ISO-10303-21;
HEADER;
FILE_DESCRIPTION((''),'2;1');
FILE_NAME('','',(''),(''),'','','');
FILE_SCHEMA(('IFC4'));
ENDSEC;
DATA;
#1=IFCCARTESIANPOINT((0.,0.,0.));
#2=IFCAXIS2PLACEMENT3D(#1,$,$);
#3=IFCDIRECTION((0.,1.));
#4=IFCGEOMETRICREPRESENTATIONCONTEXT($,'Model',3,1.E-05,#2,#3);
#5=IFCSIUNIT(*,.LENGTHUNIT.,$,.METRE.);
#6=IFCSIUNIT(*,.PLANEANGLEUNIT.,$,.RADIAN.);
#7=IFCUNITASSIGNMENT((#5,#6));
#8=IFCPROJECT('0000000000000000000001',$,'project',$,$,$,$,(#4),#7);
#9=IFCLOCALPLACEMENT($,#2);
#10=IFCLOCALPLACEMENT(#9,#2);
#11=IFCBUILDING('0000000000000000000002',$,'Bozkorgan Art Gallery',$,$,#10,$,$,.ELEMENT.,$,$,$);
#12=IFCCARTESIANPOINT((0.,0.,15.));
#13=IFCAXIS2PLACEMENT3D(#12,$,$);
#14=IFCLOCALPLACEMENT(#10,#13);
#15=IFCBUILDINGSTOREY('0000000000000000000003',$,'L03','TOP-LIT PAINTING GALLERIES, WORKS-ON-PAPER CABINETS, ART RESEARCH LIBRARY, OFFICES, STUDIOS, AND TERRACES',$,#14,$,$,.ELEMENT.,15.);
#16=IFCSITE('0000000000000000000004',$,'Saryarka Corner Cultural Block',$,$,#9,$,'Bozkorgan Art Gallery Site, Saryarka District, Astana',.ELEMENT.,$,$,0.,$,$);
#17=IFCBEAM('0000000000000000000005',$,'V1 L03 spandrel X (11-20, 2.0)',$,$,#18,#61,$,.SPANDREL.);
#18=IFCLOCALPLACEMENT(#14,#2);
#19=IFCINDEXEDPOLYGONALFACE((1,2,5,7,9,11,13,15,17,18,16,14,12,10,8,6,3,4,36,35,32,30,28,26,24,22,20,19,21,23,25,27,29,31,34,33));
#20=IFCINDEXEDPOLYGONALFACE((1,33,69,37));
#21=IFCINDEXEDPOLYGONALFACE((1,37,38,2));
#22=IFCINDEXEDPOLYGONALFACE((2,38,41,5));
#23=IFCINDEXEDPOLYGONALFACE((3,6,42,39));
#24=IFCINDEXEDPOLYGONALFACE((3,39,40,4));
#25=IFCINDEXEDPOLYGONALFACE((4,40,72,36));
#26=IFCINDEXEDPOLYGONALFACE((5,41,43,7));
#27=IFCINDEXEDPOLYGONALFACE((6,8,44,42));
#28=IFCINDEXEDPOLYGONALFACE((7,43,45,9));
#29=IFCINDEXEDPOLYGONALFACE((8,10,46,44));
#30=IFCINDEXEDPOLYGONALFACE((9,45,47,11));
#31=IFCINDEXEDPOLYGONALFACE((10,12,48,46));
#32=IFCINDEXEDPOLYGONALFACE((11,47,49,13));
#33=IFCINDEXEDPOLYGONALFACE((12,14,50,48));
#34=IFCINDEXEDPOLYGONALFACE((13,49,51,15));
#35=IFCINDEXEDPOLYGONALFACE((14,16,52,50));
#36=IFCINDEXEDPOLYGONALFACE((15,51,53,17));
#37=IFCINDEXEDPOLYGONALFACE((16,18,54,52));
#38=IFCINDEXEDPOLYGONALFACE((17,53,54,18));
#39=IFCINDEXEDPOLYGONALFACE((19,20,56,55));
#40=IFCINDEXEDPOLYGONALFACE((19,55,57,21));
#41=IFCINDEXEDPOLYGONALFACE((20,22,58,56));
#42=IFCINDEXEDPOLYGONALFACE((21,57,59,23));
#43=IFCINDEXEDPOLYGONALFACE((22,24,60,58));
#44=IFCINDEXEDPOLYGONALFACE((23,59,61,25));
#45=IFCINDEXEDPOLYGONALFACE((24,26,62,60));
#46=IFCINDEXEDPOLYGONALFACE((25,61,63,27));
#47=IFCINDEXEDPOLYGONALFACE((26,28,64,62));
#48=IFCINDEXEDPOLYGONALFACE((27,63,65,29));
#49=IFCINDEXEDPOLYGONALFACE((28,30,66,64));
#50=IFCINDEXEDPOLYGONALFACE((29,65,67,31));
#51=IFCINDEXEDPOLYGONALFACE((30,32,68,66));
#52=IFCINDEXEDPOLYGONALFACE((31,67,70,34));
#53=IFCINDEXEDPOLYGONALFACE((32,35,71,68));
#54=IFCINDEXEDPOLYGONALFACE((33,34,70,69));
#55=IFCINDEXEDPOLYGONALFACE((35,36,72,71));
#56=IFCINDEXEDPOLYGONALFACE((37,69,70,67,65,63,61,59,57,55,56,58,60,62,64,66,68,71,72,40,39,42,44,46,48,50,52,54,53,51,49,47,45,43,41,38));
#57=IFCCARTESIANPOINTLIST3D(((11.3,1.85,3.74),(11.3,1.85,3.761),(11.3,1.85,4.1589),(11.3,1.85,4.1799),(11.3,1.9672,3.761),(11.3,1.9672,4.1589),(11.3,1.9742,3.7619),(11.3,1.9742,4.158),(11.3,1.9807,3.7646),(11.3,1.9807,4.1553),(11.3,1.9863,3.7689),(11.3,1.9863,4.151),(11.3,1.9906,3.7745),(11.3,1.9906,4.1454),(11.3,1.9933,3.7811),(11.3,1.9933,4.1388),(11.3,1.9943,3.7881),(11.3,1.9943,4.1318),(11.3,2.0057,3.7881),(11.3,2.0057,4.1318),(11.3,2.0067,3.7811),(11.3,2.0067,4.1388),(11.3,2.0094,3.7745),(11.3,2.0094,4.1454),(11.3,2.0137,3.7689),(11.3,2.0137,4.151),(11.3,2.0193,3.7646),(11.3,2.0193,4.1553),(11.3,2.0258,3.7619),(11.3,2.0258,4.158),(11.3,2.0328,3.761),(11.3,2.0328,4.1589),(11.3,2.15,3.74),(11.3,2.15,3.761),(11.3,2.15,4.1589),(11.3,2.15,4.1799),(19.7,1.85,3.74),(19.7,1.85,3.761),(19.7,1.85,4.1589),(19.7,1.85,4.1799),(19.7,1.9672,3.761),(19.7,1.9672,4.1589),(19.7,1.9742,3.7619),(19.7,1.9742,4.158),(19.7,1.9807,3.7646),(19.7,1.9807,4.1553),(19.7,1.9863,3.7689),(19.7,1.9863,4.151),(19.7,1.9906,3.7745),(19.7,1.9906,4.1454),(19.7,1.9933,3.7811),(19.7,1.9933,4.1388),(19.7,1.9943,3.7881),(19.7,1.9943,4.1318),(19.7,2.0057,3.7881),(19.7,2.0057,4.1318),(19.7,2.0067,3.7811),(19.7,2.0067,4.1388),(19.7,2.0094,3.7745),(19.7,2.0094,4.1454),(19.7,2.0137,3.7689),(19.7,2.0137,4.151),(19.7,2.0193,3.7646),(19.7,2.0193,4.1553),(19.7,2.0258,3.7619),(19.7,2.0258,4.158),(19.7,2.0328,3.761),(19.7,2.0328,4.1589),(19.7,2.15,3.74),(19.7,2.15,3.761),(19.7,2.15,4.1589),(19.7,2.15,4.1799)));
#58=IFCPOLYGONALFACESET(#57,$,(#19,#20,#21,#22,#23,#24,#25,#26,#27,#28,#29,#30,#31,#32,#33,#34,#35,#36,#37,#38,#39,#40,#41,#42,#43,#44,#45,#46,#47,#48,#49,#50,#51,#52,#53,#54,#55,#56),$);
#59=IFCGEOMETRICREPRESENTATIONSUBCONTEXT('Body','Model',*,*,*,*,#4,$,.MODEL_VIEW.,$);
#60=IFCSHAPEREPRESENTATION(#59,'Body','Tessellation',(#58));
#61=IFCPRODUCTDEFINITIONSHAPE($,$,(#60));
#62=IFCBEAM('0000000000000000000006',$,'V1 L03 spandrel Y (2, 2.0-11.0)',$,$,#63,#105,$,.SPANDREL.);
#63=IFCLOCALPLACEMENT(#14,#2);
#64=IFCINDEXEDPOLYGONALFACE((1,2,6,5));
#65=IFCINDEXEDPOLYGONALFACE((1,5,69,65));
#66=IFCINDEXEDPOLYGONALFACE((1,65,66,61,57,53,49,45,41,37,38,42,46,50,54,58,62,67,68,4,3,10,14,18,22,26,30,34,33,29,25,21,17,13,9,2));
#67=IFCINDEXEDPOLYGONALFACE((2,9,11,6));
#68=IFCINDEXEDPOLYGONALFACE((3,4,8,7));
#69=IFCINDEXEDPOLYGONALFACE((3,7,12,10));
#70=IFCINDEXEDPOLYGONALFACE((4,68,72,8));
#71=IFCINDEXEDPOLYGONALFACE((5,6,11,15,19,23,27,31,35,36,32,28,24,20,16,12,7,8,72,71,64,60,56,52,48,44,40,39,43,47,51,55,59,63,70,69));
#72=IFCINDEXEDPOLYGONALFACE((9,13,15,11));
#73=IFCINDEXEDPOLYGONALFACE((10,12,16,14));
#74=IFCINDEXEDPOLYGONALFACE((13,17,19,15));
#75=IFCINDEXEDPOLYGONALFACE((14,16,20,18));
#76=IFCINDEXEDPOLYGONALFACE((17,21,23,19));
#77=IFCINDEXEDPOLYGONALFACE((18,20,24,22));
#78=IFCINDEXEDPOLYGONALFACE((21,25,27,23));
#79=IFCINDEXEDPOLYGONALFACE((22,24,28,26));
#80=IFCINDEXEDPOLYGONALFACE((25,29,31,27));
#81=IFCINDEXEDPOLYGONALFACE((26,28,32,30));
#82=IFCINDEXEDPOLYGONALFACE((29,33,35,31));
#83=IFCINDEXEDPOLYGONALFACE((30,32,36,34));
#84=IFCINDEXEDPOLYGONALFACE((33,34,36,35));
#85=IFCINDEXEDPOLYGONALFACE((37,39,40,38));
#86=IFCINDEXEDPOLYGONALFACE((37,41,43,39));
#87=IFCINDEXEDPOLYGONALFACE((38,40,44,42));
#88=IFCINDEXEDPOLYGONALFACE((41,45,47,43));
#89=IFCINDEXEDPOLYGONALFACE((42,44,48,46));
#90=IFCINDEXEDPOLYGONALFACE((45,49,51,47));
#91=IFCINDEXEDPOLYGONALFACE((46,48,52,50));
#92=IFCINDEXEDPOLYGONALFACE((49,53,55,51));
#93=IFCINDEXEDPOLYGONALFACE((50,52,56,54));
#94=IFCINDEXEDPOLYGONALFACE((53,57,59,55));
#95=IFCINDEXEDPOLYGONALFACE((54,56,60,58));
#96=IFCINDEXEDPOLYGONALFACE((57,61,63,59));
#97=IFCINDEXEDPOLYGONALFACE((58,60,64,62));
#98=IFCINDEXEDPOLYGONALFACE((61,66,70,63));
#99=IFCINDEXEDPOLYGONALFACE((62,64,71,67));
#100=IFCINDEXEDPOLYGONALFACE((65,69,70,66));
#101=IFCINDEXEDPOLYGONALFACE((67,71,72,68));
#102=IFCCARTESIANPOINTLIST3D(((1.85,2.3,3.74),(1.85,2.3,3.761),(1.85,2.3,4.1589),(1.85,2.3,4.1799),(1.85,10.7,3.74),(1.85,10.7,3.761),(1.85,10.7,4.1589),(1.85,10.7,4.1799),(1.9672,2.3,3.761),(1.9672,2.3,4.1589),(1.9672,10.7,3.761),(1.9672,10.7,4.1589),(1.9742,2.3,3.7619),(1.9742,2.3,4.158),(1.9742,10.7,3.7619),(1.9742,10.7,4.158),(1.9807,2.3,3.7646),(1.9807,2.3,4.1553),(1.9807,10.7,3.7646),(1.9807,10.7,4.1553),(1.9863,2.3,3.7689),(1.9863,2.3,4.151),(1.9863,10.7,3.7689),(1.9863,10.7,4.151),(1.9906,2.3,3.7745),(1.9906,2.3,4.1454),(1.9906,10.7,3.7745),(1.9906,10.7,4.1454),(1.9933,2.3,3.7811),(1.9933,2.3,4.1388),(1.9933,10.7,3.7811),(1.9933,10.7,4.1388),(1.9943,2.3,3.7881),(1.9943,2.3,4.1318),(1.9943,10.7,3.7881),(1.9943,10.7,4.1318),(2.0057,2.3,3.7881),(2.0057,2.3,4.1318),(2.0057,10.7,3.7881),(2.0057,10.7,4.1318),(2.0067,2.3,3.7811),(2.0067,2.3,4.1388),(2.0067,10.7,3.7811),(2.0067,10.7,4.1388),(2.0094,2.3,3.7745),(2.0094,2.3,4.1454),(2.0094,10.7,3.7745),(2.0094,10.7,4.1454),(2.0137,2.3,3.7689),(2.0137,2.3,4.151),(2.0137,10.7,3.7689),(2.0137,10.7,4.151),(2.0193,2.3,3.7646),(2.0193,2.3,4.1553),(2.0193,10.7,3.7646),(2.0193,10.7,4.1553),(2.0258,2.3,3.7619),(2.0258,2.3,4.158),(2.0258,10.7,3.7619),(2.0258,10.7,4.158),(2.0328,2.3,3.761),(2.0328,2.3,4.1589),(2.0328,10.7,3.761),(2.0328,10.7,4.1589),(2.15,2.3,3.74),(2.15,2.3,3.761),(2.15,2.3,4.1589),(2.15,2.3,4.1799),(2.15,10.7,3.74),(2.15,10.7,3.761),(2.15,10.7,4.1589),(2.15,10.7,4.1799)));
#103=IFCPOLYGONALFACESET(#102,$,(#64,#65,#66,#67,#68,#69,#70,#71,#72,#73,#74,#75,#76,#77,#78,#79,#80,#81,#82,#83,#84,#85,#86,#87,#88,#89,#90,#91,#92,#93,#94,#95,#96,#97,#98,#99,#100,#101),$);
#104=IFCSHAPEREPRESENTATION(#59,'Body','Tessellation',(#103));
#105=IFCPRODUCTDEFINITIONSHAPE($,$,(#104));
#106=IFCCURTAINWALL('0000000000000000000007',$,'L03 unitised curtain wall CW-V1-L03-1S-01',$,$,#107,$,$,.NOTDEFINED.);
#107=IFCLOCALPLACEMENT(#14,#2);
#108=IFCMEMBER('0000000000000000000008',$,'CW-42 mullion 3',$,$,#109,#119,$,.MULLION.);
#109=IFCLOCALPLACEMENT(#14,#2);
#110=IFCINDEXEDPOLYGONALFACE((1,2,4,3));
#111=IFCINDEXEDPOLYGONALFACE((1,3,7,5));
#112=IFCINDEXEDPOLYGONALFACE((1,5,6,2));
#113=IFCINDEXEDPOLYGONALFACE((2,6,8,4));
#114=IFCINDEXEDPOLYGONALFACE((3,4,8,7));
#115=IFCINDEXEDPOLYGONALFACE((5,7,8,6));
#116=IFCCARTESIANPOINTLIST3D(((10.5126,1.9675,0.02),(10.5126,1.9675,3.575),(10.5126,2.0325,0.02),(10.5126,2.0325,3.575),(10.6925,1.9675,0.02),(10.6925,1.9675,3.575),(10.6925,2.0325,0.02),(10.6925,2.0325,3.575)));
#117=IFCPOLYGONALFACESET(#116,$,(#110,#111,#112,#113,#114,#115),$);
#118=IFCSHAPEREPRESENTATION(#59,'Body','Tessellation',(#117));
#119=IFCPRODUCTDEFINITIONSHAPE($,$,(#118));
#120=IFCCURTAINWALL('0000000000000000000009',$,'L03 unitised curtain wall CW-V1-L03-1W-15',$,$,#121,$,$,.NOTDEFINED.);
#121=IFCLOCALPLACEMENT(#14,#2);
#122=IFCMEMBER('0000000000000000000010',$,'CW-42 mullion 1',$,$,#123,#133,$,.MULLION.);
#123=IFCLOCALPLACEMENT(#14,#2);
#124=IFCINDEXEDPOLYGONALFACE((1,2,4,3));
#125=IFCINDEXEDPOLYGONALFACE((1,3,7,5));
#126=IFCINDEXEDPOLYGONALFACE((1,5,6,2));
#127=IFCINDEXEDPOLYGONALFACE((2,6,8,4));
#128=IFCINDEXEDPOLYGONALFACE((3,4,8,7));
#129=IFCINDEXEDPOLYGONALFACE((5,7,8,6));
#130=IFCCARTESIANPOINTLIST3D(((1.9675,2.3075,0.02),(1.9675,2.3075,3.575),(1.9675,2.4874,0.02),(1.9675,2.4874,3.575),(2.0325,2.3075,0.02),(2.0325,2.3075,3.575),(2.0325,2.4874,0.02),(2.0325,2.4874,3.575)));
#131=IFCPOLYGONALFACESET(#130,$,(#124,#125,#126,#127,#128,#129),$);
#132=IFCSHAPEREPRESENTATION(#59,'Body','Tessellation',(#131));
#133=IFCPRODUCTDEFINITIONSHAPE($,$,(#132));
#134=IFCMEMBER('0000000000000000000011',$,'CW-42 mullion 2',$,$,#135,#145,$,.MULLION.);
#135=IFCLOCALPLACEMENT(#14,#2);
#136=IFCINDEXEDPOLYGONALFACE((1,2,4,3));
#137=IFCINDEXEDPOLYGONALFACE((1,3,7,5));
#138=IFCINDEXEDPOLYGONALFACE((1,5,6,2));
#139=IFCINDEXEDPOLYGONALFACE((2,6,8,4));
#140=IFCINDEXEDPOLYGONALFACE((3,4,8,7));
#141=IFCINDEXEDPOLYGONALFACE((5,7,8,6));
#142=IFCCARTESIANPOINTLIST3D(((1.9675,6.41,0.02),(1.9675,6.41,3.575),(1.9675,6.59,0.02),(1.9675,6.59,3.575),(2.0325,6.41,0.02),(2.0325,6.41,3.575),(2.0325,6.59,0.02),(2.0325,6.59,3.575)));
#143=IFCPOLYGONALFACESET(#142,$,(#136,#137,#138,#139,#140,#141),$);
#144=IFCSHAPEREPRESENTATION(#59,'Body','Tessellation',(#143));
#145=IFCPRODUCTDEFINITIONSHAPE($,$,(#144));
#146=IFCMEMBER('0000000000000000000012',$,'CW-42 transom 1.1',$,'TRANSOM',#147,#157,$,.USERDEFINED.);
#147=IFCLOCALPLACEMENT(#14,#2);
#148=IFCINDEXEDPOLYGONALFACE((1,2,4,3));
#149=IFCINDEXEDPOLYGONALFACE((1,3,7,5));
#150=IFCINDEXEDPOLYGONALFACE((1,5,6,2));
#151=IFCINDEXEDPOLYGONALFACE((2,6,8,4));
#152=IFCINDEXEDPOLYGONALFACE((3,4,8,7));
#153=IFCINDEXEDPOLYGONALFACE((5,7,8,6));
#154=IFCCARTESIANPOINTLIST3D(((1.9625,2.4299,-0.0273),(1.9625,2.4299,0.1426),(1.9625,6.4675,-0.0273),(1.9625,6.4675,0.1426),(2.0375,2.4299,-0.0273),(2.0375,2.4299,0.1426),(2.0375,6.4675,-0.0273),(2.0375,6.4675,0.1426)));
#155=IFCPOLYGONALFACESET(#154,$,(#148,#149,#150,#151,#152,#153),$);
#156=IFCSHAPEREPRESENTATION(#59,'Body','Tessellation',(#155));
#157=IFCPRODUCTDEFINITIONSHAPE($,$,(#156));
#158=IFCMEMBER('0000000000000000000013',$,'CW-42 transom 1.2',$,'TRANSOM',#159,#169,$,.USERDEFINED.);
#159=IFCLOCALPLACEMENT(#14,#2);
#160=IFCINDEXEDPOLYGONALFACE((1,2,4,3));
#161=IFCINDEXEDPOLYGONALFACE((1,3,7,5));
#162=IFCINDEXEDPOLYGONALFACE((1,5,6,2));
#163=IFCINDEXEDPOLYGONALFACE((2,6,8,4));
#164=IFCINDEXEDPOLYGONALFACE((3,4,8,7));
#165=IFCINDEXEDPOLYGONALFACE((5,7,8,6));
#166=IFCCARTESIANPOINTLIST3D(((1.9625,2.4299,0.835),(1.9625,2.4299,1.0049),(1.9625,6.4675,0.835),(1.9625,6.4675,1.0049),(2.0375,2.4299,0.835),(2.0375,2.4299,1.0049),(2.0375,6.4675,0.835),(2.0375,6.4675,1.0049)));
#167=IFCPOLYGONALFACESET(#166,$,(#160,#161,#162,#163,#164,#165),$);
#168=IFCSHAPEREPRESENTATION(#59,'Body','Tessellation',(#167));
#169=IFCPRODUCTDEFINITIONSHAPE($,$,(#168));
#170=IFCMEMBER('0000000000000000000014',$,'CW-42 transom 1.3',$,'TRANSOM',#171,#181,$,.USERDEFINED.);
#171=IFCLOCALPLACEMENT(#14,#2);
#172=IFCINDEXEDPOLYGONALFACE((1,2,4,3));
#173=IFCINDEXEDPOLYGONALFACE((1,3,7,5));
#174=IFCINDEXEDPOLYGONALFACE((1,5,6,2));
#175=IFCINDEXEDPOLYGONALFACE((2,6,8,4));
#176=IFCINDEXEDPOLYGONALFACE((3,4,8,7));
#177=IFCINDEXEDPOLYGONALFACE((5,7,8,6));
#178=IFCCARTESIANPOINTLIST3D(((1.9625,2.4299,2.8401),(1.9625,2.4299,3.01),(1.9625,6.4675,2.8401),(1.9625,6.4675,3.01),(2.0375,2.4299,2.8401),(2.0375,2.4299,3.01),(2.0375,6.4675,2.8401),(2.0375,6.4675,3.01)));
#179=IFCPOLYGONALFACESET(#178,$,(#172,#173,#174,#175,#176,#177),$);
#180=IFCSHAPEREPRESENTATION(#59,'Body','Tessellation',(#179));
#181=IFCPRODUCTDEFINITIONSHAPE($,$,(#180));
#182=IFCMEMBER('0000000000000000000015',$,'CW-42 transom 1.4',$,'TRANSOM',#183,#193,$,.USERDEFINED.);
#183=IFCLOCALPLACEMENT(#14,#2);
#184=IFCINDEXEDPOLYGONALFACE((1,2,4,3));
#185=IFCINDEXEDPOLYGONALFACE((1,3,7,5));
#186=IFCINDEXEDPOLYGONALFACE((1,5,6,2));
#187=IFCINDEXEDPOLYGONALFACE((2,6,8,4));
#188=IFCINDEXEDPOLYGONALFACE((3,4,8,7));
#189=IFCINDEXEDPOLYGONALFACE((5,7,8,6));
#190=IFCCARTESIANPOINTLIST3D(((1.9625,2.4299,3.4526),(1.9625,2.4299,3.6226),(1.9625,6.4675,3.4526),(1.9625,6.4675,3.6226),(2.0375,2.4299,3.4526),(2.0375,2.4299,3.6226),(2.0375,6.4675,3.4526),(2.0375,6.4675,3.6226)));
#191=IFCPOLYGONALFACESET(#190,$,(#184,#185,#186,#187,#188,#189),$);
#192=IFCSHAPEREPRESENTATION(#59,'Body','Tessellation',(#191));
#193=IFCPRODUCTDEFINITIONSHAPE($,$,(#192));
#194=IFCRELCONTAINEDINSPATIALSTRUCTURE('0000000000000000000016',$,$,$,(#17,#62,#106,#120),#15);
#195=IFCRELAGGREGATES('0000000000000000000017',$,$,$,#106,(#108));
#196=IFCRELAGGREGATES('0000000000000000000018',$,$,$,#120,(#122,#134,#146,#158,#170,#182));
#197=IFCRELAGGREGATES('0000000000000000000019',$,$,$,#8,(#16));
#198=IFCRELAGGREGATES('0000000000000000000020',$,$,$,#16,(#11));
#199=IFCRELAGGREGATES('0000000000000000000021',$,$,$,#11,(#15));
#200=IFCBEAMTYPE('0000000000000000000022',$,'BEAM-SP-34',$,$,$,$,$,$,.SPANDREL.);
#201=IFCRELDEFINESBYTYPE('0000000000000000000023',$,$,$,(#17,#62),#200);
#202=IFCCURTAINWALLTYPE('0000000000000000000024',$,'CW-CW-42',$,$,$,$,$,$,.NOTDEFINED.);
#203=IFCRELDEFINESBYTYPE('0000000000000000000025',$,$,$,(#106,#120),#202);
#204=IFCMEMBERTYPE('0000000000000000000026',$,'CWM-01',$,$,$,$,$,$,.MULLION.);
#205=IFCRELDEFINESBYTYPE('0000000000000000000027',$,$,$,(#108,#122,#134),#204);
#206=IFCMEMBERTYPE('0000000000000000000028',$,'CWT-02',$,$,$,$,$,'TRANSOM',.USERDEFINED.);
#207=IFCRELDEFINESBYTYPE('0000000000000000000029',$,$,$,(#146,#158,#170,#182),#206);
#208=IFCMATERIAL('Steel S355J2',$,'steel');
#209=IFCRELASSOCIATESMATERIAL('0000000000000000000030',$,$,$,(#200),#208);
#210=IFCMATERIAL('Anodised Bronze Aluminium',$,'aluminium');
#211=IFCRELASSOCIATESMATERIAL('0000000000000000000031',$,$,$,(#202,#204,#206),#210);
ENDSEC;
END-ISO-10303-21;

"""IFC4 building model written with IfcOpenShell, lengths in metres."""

from ifc_helpers import new_model, si_unit, direction, frame, origin, origin_2d, place, context, subcontext, project, spatial, rectangle, i_section, extrude, material, material_profile, profile_set, type_object, element, aggregate, save


model = new_model("IFC4")

# Units and contexts
model_context = context("Model", 3, precision=1e-05, world=origin(), true_north=direction((0.0, 1.0)))
body_context = subcontext(model_context, "Body", "Model", "MODEL_VIEW")
ifc_project = project(units=[si_unit("LENGTHUNIT", "METRE"), si_unit("PLANEANGLEUNIT", "RADIAN")], contexts=[model_context])

# Site, building, storey
site_placement = place(None, origin())
site = spatial("IfcSite", under=ifc_project, at=site_placement, Name="Saryarka Corner Cultural Block", LongName="Bozkorgan Art Gallery Site, Saryarka District, Astana", CompositionType="ELEMENT", RefElevation=0.0)
building_placement = place(site_placement, origin())
building = spatial("IfcBuilding", under=site, at=building_placement, Name="Bozkorgan Art Gallery", CompositionType="ELEMENT")
storey_placement = place(building_placement, frame((0.0, 0.0, 15.0)))
storey = spatial("IfcBuildingStorey", under=building, at=storey_placement, Name="L03", Description="TOP-LIT PAINTING GALLERIES, WORKS-ON-PAPER CABINETS, ART RESEARCH LIBRARY, OFFICES, STUDIOS, AND TERRACES", CompositionType="ELEMENT", Elevation=15.0)

# Beams
ifc_material_1 = material(Name="Steel S355J2", Category="steel")
ifc_material_profile_1 = material_profile(ifc_material_1, i_section(OverallWidth=0.3, OverallDepth=0.4399, WebThickness=0.0115, FlangeThickness=0.021, FilletRadius=0.0271, at=origin_2d()), Name="HEA 450")
ifc_profile_set_1 = profile_set([ifc_material_profile_1], Name="Steel S355J2")
beam_type_1 = type_object("IfcBeamType", Name="BEAM-SP-34", PredefinedType="SPANDREL", material=ifc_profile_set_1)
for number, where, z_axis, x_axis, name in (
    (1, (11.3, 2.0, 3.96), (1.0, 0.0, 0.0), (0.0, 1.0, 0.0), "V1 L03 spandrel X (11-20, 2.0)"),
    (2, (2.0, 2.3, 3.96), (0.0, 1.0, 0.0), (-1.0, 0.0, 0.0), "V1 L03 spandrel Y (2, 2.0-11.0)"),
):
    element("IfcBeam", number, at=place(storey_placement, frame(where, z_axis=z_axis, x_axis=x_axis)), inside=storey, type_object=beam_type_1, Name=name, PredefinedType="SPANDREL", context=body_context, shape_type="SweptSolid", body=[
        extrude(i_section(OverallWidth=0.3, OverallDepth=0.4399, WebThickness=0.0115, FlangeThickness=0.021, FilletRadius=0.0271, at=origin_2d()), origin(), (0.0, 0.0, 1.0), 8.3999),
    ])

# Curtain wall, member
ifc_material_2 = material(Name="Anodised Bronze Aluminium", Category="aluminium")
curtain_wall_type = type_object("IfcCurtainWallType", Name="CW-CW-42", PredefinedType="NOTDEFINED", material=ifc_material_2)
curtain_wall_1_placement = place(storey_placement, origin())
curtain_wall_1 = element("IfcCurtainWall", 3, at=curtain_wall_1_placement, inside=storey, type_object=curtain_wall_type, Name="L03 unitised curtain wall CW-V1-L03-1S-01", PredefinedType="NOTDEFINED")
ifc_material_profile_2 = material_profile(ifc_material_2, rectangle(XDim=0.0649, YDim=0.1799, at=origin_2d()), Name="ALU MULLION 65x180")
ifc_profile_set_2 = profile_set([ifc_material_profile_2], Name="Anodised Bronze Aluminium")
member_type_1 = type_object("IfcMemberType", Name="CWM-01", PredefinedType="MULLION", material=ifc_profile_set_2)
member_1_placement = place(storey_placement, frame((10.6025, 2.0, 0.02), z_axis=(0.0, 0.0, 1.0), x_axis=(0.0, 1.0, 0.0)))
member_1 = element("IfcMember", 4, at=member_1_placement, type_object=member_type_1, Name="CW-42 mullion 3", PredefinedType="MULLION", context=body_context, shape_type="SweptSolid", body=[
    extrude(rectangle(XDim=0.0649, YDim=0.1799, at=origin_2d()), origin(), (0.0, 0.0, 1.0), 3.5549),
])

# Curtain wall, members
curtain_wall_2_placement = place(storey_placement, origin())
curtain_wall_2 = element("IfcCurtainWall", 5, at=curtain_wall_2_placement, inside=storey, type_object=curtain_wall_type, Name="L03 unitised curtain wall CW-V1-L03-1W-15", PredefinedType="NOTDEFINED")
member_2_placement = place(storey_placement, frame((2.0, 2.3975, 0.02), z_axis=(0.0, 0.0, 1.0), x_axis=(-1.0, 0.0, 0.0)))
member_2 = element("IfcMember", 6, at=member_2_placement, type_object=member_type_1, Name="CW-42 mullion 1", PredefinedType="MULLION", context=body_context, shape_type="SweptSolid", body=[
    extrude(rectangle(XDim=0.0649, YDim=0.1799, at=origin_2d()), origin(), (0.0, 0.0, 1.0), 3.5549),
])
member_3_placement = place(storey_placement, frame((2.0, 6.5, 0.02), z_axis=(0.0, 0.0, 1.0), x_axis=(-1.0, 0.0, 0.0)))
member_3 = element("IfcMember", 7, at=member_3_placement, type_object=member_type_1, Name="CW-42 mullion 2", PredefinedType="MULLION", context=body_context, shape_type="SweptSolid", body=[
    extrude(rectangle(XDim=0.0649, YDim=0.1799, at=origin_2d()), origin(), (0.0, 0.0, 1.0), 3.5549),
])
ifc_material_profile_3 = material_profile(ifc_material_2, rectangle(XDim=0.075, YDim=0.1699, at=origin_2d()), Name="ALU TRANSOM 75x170")
ifc_profile_set_3 = profile_set([ifc_material_profile_3], Name="Anodised Bronze Aluminium")
member_type_2 = type_object("IfcMemberType", Name="CWT-02", ElementType="TRANSOM", PredefinedType="USERDEFINED", material=ifc_profile_set_3)
member_4_placement = place(storey_placement, frame((2.0, 2.4299, 0.0576), z_axis=(0.0, 1.0, 0.0), x_axis=(-1.0, 0.0, 0.0)))
member_4 = element("IfcMember", 8, at=member_4_placement, type_object=member_type_2, Name="CW-42 transom 1.1", ObjectType="TRANSOM", PredefinedType="USERDEFINED", context=body_context, shape_type="SweptSolid", body=[
    extrude(rectangle(XDim=0.075, YDim=0.1699, at=origin_2d()), origin(), (0.0, 0.0, 1.0), 4.0376),
])
member_5_placement = place(storey_placement, frame((2.0, 2.4299, 0.9199), z_axis=(0.0, 1.0, 0.0), x_axis=(-1.0, 0.0, 0.0)))
member_5 = element("IfcMember", 9, at=member_5_placement, type_object=member_type_2, Name="CW-42 transom 1.2", ObjectType="TRANSOM", PredefinedType="USERDEFINED", context=body_context, shape_type="SweptSolid", body=[
    extrude(rectangle(XDim=0.075, YDim=0.1699, at=origin_2d()), origin(), (0.0, 0.0, 1.0), 4.0376),
])
member_6_placement = place(storey_placement, frame((2.0, 2.4299, 2.925), z_axis=(0.0, 1.0, 0.0), x_axis=(-1.0, 0.0, 0.0)))
member_6 = element("IfcMember", 10, at=member_6_placement, type_object=member_type_2, Name="CW-42 transom 1.3", ObjectType="TRANSOM", PredefinedType="USERDEFINED", context=body_context, shape_type="SweptSolid", body=[
    extrude(rectangle(XDim=0.075, YDim=0.1699, at=origin_2d()), origin(), (0.0, 0.0, 1.0), 4.0376),
])
member_7_placement = place(storey_placement, frame((2.0, 2.4299, 3.5376), z_axis=(0.0, 1.0, 0.0), x_axis=(-1.0, 0.0, 0.0)))
member_7 = element("IfcMember", 11, at=member_7_placement, type_object=member_type_2, Name="CW-42 transom 1.4", ObjectType="TRANSOM", PredefinedType="USERDEFINED", context=body_context, shape_type="SweptSolid", body=[
    extrude(rectangle(XDim=0.075, YDim=0.1699, at=origin_2d()), origin(), (0.0, 0.0, 1.0), 4.0376),
])

aggregate(curtain_wall_1, [member_1])
aggregate(curtain_wall_2, [member_2, member_3, member_4, member_5, member_6, member_7])

save(model, "model.ifc")
